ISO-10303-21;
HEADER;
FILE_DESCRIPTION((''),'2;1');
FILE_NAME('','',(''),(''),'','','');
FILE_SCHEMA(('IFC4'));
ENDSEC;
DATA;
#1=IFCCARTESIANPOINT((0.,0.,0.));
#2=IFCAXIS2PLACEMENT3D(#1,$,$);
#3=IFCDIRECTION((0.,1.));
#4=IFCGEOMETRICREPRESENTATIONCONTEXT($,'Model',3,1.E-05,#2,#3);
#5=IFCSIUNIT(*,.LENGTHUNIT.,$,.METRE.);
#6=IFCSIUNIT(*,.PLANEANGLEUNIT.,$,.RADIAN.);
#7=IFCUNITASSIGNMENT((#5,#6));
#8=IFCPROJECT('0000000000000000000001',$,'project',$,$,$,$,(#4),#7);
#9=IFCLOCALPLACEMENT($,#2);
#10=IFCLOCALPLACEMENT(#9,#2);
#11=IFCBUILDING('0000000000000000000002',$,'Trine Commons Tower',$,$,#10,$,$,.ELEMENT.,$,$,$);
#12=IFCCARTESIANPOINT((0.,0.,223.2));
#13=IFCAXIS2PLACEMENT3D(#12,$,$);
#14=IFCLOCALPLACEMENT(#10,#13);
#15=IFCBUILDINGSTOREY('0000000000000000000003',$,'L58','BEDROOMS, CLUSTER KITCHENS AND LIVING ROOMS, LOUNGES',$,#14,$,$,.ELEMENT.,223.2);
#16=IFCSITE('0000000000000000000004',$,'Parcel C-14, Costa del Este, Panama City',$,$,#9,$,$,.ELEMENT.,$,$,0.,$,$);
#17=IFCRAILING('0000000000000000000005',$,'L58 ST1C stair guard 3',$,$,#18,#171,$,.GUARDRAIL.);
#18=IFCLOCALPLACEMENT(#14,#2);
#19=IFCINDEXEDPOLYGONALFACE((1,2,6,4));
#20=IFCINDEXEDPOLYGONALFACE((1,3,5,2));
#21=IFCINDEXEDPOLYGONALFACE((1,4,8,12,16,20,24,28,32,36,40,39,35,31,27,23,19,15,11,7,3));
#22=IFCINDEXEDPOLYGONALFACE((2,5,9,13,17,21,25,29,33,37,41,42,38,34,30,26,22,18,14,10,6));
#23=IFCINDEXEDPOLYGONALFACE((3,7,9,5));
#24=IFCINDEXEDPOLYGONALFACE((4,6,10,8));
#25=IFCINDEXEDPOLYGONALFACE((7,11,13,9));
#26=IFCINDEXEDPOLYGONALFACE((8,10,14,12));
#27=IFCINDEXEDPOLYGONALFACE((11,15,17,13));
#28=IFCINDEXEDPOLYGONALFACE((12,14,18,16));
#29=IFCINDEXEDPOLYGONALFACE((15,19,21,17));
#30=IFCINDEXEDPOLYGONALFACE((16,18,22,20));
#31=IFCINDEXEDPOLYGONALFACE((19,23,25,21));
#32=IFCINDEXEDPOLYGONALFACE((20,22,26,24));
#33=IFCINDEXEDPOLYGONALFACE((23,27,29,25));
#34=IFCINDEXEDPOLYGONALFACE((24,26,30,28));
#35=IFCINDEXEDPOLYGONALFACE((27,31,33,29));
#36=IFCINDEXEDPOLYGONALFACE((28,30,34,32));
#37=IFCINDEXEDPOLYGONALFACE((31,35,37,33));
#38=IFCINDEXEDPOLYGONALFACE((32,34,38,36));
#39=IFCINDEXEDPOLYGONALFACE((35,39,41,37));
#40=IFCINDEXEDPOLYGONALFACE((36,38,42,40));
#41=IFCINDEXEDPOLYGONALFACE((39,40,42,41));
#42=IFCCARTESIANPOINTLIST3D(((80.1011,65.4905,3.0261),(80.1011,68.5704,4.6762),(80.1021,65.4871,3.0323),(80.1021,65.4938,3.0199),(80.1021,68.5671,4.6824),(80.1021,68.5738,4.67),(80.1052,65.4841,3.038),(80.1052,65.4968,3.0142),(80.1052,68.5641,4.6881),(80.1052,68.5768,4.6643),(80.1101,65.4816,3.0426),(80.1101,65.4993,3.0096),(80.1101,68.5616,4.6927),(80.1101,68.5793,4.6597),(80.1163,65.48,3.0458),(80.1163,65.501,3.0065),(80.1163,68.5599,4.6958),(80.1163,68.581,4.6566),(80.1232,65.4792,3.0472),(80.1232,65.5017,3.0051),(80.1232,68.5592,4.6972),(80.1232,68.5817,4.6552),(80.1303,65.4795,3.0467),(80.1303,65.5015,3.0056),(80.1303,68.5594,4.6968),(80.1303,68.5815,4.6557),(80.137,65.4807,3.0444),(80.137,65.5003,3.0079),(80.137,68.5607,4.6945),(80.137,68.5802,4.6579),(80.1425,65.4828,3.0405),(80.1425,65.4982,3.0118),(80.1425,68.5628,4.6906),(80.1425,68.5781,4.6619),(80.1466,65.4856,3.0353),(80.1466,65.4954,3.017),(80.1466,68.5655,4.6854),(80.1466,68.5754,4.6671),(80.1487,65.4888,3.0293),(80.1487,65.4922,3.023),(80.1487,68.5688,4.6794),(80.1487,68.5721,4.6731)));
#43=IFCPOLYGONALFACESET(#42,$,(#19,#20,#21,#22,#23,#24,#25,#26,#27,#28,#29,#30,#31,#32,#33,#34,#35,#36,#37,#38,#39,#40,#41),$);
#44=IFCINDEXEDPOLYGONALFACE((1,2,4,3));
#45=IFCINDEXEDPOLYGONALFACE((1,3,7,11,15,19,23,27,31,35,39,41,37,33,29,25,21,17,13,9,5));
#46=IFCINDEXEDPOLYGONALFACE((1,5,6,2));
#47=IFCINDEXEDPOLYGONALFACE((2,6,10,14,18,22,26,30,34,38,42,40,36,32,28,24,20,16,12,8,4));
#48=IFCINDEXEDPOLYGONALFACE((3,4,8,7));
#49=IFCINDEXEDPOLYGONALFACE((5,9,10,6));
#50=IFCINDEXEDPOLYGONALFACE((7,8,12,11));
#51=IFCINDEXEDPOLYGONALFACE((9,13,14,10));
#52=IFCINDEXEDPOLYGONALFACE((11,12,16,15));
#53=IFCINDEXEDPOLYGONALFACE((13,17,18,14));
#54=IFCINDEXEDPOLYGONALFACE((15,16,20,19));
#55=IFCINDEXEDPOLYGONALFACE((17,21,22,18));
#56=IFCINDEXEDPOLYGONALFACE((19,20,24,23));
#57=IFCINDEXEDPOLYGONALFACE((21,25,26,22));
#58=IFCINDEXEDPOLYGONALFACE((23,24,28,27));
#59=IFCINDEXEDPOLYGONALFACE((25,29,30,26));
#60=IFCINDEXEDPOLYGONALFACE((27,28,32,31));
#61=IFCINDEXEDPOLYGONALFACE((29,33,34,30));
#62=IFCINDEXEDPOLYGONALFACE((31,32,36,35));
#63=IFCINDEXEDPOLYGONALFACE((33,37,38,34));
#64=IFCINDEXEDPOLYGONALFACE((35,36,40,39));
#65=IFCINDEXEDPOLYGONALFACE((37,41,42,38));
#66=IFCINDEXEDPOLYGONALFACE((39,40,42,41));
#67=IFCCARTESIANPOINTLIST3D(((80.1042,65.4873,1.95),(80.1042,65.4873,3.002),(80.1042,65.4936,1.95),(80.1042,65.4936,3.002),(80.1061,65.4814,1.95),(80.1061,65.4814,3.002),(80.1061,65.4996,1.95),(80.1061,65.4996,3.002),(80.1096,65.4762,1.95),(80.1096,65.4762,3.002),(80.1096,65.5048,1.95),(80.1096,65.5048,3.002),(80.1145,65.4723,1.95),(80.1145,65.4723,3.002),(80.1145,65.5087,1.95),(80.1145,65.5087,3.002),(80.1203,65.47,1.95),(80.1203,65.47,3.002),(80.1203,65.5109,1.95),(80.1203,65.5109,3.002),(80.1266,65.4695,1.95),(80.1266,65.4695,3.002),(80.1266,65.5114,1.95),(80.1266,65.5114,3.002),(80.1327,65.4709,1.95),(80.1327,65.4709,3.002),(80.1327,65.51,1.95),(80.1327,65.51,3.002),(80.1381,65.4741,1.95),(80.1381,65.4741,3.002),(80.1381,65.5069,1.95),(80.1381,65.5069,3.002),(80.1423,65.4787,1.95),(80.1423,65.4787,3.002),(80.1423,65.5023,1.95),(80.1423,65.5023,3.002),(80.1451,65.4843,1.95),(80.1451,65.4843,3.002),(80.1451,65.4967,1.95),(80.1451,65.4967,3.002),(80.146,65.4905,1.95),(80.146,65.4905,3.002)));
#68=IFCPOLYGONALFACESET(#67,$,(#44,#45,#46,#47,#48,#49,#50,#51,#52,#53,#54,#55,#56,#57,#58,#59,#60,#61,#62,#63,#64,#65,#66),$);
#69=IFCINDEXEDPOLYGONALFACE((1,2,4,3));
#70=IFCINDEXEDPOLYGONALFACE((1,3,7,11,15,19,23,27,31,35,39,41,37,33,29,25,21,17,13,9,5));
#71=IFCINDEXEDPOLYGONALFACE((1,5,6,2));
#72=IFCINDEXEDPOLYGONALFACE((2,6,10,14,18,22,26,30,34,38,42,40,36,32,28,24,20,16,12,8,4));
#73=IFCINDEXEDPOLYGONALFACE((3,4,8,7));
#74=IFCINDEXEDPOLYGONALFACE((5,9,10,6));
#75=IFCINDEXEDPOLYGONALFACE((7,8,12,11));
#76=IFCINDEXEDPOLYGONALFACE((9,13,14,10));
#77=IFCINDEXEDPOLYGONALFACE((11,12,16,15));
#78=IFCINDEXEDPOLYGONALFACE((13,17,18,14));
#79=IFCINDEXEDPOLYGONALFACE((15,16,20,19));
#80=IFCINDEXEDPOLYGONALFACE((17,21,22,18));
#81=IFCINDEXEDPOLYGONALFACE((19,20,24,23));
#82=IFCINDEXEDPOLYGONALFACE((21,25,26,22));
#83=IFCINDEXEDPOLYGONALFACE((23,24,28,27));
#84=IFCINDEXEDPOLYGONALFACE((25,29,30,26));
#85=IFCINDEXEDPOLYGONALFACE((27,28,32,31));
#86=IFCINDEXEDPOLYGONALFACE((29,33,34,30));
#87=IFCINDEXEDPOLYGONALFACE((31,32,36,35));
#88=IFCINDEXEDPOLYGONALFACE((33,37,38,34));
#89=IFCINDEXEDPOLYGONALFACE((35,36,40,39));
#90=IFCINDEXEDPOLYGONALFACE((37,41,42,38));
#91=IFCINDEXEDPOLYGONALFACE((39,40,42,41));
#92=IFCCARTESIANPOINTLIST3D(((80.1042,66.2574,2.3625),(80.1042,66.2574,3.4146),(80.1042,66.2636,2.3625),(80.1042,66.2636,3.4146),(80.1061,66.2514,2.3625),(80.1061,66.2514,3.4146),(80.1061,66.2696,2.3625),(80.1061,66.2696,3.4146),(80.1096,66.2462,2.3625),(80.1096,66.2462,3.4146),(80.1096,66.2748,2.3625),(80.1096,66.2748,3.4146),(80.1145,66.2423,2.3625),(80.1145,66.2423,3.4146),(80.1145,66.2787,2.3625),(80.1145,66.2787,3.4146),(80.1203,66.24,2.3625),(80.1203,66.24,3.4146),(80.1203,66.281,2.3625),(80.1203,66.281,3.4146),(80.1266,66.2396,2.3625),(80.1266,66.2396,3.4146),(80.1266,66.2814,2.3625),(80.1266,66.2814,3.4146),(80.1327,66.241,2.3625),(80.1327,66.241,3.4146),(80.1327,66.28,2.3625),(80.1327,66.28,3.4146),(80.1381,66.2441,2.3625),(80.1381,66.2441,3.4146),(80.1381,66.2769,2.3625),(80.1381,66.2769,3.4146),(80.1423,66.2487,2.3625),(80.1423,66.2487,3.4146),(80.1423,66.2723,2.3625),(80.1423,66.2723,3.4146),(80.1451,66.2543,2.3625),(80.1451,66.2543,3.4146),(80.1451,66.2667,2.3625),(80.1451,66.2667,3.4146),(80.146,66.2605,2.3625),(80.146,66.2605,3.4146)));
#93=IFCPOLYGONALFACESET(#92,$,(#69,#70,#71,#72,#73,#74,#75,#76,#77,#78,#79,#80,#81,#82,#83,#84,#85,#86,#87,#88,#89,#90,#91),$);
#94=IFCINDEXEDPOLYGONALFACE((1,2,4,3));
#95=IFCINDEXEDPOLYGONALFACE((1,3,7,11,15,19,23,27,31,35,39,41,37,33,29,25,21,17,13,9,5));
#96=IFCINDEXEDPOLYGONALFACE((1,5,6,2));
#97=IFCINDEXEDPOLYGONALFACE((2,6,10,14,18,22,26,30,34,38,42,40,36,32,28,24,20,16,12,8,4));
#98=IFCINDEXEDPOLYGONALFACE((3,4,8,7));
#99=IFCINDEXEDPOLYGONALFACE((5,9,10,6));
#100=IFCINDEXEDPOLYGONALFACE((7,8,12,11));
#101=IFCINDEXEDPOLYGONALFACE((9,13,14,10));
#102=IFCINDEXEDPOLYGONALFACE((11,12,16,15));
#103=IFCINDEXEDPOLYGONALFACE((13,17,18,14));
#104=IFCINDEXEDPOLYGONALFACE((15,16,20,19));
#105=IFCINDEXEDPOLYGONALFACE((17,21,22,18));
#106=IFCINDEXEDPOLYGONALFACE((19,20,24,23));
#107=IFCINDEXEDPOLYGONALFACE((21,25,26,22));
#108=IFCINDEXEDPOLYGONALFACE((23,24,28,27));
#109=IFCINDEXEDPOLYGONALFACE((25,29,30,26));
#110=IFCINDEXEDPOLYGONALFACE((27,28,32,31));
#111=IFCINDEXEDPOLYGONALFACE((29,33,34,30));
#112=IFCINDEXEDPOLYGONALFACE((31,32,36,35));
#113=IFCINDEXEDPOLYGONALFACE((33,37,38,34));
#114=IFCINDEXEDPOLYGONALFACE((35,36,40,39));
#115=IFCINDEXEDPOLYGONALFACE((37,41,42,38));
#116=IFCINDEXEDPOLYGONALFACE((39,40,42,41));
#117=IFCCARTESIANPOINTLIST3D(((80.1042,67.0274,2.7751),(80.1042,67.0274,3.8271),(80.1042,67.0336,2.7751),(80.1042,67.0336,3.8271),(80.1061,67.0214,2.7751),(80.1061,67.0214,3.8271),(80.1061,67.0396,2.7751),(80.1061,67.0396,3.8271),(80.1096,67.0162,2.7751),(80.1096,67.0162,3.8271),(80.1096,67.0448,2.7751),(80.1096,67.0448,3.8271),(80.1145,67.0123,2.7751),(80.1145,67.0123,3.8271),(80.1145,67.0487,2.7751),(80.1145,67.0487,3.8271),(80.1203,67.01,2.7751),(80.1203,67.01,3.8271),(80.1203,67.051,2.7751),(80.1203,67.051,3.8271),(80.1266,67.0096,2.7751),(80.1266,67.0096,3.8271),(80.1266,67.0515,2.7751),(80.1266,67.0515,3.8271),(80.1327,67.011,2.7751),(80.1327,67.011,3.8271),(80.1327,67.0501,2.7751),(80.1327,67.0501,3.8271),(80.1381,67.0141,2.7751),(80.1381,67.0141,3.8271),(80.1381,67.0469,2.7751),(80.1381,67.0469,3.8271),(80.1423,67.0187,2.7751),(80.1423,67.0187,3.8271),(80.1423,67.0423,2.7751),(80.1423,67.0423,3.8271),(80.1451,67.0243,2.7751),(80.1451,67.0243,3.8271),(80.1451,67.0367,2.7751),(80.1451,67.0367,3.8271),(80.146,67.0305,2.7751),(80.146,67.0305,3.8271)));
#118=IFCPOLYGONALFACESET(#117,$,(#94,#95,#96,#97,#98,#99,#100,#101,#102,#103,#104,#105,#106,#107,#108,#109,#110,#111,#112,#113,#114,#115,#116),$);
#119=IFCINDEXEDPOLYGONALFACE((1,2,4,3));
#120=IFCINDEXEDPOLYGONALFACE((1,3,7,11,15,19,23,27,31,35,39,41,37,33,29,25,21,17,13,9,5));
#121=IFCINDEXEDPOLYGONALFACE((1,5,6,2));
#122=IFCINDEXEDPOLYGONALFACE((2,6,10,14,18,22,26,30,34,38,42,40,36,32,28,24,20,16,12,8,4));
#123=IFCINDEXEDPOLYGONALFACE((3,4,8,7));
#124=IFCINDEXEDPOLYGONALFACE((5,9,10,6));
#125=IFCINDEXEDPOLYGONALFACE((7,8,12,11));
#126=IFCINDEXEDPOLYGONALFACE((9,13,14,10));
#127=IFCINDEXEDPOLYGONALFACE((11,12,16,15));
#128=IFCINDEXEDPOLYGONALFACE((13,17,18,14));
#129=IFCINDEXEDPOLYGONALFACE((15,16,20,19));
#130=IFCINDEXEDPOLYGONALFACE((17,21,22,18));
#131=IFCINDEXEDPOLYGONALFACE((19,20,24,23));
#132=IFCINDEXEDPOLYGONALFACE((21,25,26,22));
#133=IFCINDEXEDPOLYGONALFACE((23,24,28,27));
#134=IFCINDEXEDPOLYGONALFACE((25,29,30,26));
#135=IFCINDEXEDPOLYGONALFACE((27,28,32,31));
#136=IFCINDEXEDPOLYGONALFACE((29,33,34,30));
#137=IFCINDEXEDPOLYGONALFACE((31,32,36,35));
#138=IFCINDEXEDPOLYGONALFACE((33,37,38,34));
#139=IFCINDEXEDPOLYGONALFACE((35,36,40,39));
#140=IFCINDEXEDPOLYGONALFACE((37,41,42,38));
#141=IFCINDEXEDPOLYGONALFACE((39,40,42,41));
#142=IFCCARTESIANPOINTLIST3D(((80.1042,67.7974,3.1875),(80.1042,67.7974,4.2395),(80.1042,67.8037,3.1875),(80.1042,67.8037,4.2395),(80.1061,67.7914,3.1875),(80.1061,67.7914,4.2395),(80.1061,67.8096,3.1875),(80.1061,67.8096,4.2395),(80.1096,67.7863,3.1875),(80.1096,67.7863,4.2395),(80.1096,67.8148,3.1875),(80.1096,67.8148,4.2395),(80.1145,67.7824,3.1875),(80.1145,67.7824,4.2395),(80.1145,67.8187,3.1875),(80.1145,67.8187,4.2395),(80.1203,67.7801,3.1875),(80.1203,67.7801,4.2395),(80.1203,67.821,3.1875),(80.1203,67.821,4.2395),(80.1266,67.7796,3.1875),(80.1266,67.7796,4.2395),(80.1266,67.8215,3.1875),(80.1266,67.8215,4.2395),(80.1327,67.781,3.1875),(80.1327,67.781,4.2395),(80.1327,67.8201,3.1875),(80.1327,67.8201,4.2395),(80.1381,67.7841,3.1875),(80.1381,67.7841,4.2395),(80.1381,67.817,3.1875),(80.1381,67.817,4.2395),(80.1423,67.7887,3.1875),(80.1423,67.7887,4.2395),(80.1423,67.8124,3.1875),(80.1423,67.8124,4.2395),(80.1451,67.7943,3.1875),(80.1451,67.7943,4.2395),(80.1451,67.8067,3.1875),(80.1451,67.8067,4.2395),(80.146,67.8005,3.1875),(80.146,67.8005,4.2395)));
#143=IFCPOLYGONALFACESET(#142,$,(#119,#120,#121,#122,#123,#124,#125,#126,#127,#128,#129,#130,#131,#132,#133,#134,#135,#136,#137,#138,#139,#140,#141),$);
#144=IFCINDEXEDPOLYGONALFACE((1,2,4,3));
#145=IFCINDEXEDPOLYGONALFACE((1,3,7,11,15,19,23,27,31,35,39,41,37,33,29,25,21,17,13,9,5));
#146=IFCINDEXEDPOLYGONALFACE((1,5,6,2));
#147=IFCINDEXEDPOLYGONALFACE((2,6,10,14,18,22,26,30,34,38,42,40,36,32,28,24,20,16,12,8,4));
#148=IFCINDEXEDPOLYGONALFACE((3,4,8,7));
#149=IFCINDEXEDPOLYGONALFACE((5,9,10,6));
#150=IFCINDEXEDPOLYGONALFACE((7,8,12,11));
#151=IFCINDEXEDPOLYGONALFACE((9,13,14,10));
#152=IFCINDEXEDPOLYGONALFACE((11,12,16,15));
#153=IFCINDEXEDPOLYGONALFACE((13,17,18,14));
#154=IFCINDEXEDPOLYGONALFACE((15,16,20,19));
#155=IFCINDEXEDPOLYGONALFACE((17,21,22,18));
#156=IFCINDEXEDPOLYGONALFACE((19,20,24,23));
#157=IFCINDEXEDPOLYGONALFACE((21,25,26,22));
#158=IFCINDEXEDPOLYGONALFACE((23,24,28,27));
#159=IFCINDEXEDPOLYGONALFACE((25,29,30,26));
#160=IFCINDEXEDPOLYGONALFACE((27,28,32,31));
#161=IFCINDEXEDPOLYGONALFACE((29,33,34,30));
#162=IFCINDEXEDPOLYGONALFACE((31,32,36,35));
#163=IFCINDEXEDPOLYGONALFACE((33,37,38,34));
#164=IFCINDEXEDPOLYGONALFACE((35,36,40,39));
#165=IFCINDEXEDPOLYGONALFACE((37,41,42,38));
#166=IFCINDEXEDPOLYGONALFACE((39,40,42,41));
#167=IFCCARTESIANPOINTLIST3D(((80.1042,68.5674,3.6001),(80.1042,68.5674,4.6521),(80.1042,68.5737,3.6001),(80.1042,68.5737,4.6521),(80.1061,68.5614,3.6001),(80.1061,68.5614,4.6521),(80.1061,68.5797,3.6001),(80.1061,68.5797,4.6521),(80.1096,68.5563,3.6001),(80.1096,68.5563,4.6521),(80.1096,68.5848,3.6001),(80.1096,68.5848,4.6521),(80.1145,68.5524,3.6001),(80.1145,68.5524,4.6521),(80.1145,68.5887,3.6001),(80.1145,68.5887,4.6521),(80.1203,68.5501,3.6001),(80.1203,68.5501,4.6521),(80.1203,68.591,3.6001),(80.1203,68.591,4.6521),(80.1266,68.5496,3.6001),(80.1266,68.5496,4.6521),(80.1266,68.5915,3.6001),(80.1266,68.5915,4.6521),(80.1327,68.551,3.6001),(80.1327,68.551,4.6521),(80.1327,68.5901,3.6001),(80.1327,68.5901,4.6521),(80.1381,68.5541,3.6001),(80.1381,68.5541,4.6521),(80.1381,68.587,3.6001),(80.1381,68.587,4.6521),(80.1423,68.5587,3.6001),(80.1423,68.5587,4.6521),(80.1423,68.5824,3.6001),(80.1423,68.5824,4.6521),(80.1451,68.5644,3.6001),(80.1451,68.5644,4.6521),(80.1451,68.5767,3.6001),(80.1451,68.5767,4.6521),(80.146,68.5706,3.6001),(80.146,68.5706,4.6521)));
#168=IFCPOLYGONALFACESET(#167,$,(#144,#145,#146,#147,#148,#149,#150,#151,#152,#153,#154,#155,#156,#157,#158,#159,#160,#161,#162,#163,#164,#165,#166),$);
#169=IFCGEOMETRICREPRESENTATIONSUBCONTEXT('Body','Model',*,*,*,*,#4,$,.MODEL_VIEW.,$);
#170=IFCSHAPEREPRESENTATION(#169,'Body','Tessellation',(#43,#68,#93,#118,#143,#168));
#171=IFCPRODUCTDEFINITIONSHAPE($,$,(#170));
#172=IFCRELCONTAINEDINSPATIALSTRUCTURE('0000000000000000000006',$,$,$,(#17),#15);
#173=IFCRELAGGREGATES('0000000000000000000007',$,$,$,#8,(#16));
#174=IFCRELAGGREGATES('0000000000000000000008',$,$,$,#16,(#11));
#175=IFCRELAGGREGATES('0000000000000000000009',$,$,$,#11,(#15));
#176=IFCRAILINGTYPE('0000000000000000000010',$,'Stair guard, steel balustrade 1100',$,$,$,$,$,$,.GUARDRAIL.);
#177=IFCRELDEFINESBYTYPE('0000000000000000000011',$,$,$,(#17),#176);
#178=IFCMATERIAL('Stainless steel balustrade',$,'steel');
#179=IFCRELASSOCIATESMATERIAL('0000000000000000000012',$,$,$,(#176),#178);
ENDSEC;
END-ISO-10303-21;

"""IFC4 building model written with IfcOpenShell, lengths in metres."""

from ifc_helpers import new_model, si_unit, direction, frame, origin, origin_2d, place, context, subcontext, project, spatial, circle, extrude, material, type_object, element, save


model = new_model("IFC4")

# Units and contexts
model_context = context("Model", 3, precision=1e-05, world=origin(), true_north=direction((0.0, 1.0)))
body_context = subcontext(model_context, "Body", "Model", "MODEL_VIEW")
ifc_project = project(units=[si_unit("LENGTHUNIT", "METRE"), si_unit("PLANEANGLEUNIT", "RADIAN")], contexts=[model_context])

# Site, building, storey
site_placement = place(None, origin())
site = spatial("IfcSite", under=ifc_project, at=site_placement, Name="Parcel C-14, Costa del Este, Panama City", CompositionType="ELEMENT", RefElevation=0.0)
building_placement = place(site_placement, origin())
building = spatial("IfcBuilding", under=site, at=building_placement, Name="Trine Commons Tower", CompositionType="ELEMENT")
storey_placement = place(building_placement, frame((0.0, 0.0, 223.2)))
storey = spatial("IfcBuildingStorey", under=building, at=storey_placement, Name="L58", Description="BEDROOMS, CLUSTER KITCHENS AND LIVING ROOMS, LOUNGES", CompositionType="ELEMENT", Elevation=223.2)

# Railing
ifc_material_1 = material(Name="Stainless steel balustrade", Category="steel")
railing_type_1 = type_object("IfcRailingType", Name="Stair guard, steel balustrade 1100", PredefinedType="GUARDRAIL", material=ifc_material_1)
railing_1_placement = place(storey_placement, frame((80.125, 65.4905, 1.95)))
element("IfcRailing", 1, at=railing_1_placement, inside=storey, type_object=railing_type_1, Name="L58 ST1C stair guard 3", PredefinedType="GUARDRAIL", context=body_context, shape_type="SweptSolid", body=[
    extrude(circle(Radius=0.0239, at=origin_2d()), frame((0.0, 0.0, 1.0762), z_axis=(0.0, 0.881468, 0.472245), x_axis=(-1.0, 0.0, 0.0)), (0.0, 0.0, 1.0), 3.4941),
    extrude(circle(Radius=0.021, at=origin_2d()), origin(), (0.0, 0.0, 1.0), 1.052),
    extrude(circle(Radius=0.021, at=origin_2d()), frame((0.0, 0.77, 0.4126)), (0.0, 0.0, 1.0), 1.052),
    extrude(circle(Radius=0.021, at=origin_2d()), frame((0.0, 1.54, 0.8252)), (0.0, 0.0, 1.0), 1.052),
    extrude(circle(Radius=0.021, at=origin_2d()), frame((0.0, 2.3101, 1.2375)), (0.0, 0.0, 1.0), 1.052),
    extrude(circle(Radius=0.021, at=origin_2d()), frame((0.0, 3.0801, 1.6501)), (0.0, 0.0, 1.0), 1.052),
])

save(model, "model.ifc")
